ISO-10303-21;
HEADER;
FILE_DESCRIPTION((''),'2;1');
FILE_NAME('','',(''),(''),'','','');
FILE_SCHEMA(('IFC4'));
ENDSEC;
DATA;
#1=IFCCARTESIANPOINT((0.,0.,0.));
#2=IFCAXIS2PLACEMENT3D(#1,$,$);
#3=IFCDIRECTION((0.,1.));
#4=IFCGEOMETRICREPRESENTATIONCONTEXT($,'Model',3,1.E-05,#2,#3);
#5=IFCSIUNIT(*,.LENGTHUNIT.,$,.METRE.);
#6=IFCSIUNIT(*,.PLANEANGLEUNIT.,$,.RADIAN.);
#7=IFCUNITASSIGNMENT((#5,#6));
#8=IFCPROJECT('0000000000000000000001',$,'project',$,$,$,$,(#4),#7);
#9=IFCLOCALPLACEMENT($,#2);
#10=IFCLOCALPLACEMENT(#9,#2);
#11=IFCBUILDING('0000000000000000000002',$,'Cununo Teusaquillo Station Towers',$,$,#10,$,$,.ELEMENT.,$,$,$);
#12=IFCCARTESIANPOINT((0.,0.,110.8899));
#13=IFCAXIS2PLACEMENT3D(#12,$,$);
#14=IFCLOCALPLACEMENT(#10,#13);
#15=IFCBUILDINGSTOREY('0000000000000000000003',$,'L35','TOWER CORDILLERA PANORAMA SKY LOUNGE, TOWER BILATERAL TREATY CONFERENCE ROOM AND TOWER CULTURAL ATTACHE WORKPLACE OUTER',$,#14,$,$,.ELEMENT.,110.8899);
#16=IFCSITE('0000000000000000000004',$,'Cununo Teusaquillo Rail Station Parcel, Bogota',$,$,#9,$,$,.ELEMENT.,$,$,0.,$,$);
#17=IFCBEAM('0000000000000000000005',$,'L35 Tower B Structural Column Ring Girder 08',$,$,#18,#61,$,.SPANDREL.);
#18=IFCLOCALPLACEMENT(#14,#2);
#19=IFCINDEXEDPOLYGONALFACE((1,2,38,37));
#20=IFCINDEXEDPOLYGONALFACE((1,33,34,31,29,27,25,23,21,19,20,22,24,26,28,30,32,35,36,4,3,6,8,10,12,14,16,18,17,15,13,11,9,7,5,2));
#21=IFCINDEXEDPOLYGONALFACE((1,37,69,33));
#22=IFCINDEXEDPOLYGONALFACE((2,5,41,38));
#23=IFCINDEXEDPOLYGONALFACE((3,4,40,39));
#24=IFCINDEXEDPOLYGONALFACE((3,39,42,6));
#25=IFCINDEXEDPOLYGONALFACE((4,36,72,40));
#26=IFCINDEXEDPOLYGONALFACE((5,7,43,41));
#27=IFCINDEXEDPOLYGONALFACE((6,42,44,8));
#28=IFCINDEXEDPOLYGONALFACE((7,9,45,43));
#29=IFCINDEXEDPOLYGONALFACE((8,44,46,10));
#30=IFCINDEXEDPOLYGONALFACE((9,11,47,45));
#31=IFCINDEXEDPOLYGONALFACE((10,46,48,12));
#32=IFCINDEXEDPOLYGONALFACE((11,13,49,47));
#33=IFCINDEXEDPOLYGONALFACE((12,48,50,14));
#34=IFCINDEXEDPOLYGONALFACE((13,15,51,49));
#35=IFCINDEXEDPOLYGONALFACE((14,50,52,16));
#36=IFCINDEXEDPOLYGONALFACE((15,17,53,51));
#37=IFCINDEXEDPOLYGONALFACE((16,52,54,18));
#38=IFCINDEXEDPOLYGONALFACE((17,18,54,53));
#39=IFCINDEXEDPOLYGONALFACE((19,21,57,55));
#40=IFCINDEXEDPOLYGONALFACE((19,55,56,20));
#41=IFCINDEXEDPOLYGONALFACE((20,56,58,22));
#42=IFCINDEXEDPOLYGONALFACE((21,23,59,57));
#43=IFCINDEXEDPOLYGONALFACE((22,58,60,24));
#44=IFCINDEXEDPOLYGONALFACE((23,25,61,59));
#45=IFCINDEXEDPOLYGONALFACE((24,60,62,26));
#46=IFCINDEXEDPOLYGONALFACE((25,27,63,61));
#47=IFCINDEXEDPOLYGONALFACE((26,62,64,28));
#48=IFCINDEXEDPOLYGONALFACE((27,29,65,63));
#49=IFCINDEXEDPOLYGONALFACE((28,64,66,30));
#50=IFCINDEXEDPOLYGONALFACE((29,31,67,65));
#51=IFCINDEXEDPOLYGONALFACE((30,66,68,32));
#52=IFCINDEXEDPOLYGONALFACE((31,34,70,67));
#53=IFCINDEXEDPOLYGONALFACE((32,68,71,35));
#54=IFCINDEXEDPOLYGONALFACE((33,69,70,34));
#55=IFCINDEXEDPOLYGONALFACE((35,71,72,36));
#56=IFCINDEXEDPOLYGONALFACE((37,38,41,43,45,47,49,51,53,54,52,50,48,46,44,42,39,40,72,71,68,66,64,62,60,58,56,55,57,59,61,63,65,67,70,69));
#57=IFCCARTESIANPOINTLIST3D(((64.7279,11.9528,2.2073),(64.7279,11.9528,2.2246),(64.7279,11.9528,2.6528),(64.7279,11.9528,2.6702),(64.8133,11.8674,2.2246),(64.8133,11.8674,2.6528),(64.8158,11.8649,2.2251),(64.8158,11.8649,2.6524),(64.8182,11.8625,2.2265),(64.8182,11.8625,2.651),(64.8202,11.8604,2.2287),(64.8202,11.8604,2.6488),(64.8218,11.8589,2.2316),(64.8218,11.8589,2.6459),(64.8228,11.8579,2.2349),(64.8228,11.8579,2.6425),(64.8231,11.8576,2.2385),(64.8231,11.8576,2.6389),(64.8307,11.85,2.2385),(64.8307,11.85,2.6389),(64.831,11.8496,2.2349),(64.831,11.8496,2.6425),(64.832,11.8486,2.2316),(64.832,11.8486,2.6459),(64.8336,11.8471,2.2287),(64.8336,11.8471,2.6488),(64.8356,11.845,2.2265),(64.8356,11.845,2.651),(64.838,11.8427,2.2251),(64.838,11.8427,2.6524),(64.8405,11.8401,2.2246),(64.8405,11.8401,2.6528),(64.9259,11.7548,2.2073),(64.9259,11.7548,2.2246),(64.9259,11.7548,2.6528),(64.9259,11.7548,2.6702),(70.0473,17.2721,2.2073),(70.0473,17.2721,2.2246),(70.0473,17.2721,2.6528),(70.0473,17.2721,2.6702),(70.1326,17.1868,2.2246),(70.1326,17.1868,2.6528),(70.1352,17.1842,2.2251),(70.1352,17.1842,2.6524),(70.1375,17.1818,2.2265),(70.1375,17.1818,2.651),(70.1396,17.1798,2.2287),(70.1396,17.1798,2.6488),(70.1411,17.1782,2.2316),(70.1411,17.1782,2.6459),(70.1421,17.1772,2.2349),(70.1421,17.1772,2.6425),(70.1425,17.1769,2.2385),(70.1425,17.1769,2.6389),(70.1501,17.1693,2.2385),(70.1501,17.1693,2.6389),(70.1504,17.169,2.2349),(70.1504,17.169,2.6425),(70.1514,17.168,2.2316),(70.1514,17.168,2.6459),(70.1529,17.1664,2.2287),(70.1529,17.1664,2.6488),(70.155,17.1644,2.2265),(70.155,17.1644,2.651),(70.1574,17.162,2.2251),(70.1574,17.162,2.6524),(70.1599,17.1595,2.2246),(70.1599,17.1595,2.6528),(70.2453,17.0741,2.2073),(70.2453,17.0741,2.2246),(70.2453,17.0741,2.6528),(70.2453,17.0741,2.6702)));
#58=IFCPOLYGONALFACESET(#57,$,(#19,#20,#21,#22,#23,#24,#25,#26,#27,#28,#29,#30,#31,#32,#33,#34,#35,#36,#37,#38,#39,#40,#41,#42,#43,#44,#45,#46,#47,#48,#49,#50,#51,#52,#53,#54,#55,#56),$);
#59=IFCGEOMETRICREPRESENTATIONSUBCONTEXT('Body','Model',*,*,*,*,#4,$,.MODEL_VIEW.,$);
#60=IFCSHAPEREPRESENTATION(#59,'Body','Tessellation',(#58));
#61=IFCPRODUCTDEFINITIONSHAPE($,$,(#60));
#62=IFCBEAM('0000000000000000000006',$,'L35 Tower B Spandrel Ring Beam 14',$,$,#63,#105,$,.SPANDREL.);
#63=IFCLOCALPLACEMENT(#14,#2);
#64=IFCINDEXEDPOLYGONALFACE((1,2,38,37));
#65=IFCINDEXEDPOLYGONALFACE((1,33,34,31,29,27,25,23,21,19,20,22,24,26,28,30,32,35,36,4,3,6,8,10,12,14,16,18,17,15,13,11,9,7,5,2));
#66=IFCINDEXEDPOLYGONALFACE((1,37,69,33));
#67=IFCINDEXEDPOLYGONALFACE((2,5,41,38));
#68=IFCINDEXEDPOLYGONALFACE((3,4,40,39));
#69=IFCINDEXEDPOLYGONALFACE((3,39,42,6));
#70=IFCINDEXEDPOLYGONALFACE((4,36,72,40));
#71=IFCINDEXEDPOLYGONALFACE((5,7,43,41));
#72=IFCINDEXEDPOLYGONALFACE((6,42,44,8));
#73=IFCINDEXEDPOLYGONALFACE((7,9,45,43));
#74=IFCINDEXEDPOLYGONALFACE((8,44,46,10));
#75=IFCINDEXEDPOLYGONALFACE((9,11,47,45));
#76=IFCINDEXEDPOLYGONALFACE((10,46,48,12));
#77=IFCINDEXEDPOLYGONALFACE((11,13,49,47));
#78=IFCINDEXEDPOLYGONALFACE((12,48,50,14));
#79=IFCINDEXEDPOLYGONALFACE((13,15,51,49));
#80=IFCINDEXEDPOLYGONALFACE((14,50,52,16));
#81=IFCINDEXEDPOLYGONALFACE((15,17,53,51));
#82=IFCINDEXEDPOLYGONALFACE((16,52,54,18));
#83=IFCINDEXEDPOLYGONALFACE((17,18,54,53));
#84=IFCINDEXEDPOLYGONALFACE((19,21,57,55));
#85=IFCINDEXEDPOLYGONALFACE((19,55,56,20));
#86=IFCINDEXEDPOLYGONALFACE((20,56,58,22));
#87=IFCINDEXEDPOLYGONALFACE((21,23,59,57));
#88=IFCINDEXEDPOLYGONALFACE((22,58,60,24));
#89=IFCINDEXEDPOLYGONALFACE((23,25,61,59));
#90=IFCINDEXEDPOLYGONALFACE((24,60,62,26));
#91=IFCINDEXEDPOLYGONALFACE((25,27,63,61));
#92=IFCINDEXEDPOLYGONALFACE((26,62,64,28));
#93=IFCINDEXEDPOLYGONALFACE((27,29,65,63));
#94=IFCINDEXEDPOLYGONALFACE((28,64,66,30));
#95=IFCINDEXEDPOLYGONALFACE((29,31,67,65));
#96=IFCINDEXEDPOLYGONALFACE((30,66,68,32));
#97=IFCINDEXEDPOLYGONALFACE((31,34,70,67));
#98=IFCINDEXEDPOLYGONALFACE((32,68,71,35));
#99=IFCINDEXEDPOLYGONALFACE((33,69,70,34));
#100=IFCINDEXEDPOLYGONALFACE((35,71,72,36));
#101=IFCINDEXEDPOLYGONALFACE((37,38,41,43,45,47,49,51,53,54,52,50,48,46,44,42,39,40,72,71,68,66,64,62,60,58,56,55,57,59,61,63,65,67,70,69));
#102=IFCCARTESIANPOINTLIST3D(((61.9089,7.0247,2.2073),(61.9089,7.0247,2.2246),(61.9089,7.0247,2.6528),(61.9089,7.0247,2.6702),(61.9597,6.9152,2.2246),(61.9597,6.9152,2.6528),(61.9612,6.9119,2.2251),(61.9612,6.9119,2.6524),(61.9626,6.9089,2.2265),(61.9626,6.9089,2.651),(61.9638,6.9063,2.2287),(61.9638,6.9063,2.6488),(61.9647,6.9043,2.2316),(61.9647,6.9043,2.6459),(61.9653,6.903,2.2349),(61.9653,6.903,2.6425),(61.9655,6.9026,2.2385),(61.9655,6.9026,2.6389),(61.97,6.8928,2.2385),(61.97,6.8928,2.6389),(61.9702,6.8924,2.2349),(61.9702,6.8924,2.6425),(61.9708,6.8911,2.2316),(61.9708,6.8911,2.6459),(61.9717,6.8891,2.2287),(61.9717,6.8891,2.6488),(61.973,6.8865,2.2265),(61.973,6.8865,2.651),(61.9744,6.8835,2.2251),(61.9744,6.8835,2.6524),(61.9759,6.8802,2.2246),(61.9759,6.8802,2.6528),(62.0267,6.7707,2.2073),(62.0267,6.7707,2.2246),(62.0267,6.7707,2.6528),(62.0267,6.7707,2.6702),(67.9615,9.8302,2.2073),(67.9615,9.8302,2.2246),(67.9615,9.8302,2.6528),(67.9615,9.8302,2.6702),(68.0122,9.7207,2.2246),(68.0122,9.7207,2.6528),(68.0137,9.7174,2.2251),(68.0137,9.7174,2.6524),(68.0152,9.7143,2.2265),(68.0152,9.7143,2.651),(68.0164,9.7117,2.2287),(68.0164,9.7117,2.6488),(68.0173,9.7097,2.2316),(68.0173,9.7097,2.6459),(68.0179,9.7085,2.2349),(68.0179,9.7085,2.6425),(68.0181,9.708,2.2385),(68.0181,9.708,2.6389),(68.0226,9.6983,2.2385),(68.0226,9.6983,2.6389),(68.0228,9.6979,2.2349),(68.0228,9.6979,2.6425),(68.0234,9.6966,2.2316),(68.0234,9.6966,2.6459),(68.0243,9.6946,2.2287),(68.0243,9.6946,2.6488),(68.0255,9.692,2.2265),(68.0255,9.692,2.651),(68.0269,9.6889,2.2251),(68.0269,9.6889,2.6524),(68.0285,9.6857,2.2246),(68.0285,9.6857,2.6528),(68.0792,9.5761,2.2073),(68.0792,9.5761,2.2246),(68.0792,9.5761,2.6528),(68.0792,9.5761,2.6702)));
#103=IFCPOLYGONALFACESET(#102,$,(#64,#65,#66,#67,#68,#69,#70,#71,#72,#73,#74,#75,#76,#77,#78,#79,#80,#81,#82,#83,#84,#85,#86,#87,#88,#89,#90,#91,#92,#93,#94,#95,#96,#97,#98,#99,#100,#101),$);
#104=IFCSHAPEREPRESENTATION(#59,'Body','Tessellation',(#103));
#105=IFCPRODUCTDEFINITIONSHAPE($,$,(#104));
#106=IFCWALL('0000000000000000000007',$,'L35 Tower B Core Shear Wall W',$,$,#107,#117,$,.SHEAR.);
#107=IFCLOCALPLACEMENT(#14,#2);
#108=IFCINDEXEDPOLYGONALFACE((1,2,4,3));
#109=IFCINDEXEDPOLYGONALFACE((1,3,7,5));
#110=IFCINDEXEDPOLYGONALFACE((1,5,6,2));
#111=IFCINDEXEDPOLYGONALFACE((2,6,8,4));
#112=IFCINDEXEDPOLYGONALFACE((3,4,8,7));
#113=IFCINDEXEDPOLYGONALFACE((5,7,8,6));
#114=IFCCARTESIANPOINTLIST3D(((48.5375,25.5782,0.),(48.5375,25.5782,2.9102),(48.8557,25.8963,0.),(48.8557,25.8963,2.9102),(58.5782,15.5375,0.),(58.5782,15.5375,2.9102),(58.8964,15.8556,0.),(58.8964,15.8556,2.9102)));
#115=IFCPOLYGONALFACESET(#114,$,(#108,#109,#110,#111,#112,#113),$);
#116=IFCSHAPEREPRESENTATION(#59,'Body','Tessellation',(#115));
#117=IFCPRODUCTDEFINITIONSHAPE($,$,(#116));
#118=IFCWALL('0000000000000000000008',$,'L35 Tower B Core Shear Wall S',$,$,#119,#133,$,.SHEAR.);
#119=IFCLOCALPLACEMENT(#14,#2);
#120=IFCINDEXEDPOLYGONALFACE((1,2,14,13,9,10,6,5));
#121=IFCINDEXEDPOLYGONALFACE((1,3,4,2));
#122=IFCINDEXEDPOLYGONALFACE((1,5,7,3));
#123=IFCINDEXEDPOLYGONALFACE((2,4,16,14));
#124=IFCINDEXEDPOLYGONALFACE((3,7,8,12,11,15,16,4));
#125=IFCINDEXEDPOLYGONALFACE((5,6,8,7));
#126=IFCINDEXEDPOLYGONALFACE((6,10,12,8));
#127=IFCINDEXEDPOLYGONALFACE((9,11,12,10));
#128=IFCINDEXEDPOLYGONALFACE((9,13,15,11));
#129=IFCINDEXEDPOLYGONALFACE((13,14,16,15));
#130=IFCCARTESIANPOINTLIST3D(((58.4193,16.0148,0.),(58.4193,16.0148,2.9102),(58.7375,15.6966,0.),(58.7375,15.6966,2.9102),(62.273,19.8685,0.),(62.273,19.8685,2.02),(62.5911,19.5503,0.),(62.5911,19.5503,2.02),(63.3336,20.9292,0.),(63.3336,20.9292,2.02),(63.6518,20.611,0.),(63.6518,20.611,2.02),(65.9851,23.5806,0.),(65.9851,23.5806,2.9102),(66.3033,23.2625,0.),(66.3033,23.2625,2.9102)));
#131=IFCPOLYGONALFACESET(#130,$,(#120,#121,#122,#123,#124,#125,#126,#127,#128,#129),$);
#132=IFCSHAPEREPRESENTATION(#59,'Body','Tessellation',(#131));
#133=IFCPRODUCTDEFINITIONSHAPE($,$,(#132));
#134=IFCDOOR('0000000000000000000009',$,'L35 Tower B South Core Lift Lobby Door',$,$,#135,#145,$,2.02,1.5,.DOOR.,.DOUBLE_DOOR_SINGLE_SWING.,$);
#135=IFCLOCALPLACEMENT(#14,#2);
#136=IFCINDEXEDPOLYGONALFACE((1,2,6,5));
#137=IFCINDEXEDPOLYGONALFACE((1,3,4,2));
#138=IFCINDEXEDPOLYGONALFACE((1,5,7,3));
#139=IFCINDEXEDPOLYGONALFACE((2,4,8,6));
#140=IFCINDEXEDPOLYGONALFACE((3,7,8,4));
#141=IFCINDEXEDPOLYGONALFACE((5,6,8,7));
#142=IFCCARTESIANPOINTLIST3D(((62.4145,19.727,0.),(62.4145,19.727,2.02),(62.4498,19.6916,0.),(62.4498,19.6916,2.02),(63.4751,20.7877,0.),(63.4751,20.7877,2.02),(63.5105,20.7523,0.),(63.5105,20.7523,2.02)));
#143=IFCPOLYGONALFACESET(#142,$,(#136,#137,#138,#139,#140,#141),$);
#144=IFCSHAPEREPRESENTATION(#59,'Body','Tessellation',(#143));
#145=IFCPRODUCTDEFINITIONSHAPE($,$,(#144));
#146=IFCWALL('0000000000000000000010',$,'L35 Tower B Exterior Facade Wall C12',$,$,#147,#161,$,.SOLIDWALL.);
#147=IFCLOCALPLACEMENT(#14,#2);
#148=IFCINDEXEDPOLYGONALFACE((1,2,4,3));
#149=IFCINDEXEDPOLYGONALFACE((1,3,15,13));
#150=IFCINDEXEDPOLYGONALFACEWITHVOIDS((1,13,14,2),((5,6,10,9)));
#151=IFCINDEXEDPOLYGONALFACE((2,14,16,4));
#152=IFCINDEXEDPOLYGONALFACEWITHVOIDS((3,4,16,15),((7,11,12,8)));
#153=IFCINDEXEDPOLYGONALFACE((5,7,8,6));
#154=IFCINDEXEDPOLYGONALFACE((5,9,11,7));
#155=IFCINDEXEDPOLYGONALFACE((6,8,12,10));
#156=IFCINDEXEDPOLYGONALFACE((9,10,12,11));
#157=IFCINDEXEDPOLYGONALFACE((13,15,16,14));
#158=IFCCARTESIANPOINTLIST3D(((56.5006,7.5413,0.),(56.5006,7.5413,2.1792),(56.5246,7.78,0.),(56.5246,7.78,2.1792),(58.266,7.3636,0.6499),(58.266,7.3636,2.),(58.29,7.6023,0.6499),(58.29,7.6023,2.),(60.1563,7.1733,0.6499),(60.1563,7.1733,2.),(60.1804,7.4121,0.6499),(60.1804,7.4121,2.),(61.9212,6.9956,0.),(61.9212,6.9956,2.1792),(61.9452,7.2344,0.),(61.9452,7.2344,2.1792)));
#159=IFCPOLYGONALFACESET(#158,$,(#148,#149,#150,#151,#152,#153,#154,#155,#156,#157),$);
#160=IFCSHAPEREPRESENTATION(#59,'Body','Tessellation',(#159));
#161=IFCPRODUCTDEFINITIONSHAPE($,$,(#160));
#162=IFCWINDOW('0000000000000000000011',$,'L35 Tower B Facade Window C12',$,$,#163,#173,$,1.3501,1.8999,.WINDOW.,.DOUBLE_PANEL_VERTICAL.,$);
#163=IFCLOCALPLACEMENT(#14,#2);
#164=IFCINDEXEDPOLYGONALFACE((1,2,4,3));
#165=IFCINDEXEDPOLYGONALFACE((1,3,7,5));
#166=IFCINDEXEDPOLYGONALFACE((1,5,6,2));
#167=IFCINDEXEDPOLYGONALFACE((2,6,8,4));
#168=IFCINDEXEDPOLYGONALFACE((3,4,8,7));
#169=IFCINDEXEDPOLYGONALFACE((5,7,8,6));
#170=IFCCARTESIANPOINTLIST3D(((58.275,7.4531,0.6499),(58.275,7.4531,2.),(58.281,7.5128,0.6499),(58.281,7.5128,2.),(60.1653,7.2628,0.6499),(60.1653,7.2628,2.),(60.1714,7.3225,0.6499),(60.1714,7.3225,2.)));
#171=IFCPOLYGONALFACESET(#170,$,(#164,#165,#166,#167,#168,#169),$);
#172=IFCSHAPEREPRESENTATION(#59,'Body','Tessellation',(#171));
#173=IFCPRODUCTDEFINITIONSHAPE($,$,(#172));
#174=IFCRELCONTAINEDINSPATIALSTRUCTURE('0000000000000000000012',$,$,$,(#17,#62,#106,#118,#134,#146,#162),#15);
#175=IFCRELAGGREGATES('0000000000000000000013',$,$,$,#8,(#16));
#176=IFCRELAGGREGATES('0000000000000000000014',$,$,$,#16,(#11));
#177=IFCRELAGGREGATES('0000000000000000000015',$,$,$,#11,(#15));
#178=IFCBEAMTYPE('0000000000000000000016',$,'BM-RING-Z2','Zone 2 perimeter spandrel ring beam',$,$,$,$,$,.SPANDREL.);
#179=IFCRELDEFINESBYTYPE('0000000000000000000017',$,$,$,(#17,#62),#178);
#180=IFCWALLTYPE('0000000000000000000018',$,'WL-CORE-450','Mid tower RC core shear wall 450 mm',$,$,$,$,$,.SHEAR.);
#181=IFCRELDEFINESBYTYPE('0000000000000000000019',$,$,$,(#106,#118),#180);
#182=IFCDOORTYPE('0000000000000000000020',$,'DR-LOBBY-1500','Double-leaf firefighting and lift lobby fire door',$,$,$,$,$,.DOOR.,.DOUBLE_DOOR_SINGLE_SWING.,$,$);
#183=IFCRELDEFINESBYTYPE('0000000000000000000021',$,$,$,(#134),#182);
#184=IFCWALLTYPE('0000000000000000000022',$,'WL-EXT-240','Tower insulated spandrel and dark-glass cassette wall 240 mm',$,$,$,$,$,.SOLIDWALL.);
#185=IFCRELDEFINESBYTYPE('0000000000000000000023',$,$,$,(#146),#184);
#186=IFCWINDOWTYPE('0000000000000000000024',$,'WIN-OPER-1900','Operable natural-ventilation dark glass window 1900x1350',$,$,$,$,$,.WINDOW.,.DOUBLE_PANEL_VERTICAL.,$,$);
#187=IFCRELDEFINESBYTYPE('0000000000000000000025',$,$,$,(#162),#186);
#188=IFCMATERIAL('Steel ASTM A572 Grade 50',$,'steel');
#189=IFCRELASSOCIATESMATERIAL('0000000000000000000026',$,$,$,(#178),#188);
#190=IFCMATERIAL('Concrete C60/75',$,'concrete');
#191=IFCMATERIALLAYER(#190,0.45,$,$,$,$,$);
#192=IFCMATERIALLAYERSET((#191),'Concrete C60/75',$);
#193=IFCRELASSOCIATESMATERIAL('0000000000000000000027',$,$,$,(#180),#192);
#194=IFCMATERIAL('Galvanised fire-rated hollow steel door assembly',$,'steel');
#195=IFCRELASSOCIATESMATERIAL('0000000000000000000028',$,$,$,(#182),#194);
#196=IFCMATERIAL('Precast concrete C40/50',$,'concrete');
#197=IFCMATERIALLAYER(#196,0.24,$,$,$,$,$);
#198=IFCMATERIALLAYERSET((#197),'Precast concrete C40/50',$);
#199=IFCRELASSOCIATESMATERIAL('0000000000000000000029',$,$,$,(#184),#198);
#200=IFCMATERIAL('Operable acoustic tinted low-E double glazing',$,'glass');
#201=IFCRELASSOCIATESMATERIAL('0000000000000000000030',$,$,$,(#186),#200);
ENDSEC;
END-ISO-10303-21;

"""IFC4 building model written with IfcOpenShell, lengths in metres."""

from ifc_helpers import new_model, si_unit, direction, frame, frame_2d, origin, origin_2d, place, context, subcontext, project, spatial, rectangle, i_section, extrude, source, transform, mapped, material, layer, layer_set, material_profile, profile_set, type_object, element, fill, save


model = new_model("IFC4")

# Units and contexts
model_context = context("Model", 3, precision=1e-05, world=origin(), true_north=direction((0.0, 1.0)))
body_context = subcontext(model_context, "Body", "Model", "MODEL_VIEW")
ifc_project = project(units=[si_unit("LENGTHUNIT", "METRE"), si_unit("PLANEANGLEUNIT", "RADIAN")], contexts=[model_context])

# Site, building, storey
site_placement = place(None, origin())
site = spatial("IfcSite", under=ifc_project, at=site_placement, Name="Cununo Teusaquillo Rail Station Parcel, Bogota", CompositionType="ELEMENT", RefElevation=0.0)
building_placement = place(site_placement, origin())
building = spatial("IfcBuilding", under=site, at=building_placement, Name="Cununo Teusaquillo Station Towers", CompositionType="ELEMENT")
storey_placement = place(building_placement, frame((0.0, 0.0, 110.8899)))
storey = spatial("IfcBuildingStorey", under=building, at=storey_placement, Name="L35", Description="TOWER CORDILLERA PANORAMA SKY LOUNGE, TOWER BILATERAL TREATY CONFERENCE ROOM AND TOWER CULTURAL ATTACHE WORKPLACE OUTER", CompositionType="ELEMENT", Elevation=110.8899)

# Beams
ifc_material_1 = material(Name="Steel ASTM A572 Grade 50", Category="steel")
ifc_material_profile_1 = material_profile(ifc_material_1, i_section(OverallWidth=0.28, OverallDepth=0.4629, WebThickness=0.0107, FlangeThickness=0.0173, FilletRadius=0.0139, at=origin_2d()), Name="W18X76")
ifc_profile_set_1 = profile_set([ifc_material_profile_1], Name="Steel ASTM A572 Grade 50")
beam_type_1 = type_object("IfcBeamType", Name="BM-RING-Z2", Description="Zone 2 perimeter spandrel ring beam", PredefinedType="SPANDREL", material=ifc_profile_set_1)
beam_1_placement = place(storey_placement, frame((64.8269, 11.8538, 2.4387), z_axis=(0.707107, 0.707107, 0.0), x_axis=(-0.707107, 0.707107, 0.0)))
element("IfcBeam", 1, at=beam_1_placement, inside=storey, type_object=beam_type_1, Name="L35 Tower B Structural Column Ring Girder 08", PredefinedType="SPANDREL", context=body_context, shape_type="SweptSolid", body=[
    extrude(i_section(OverallWidth=0.28, OverallDepth=0.4629, WebThickness=0.0107, FlangeThickness=0.0173, FilletRadius=0.0139, at=origin_2d()), origin(), (0.0, 0.0, 1.0), 7.5227),
])
beam_2_placement = place(storey_placement, frame((61.9678, 6.8977, 2.4387), z_axis=(0.907276, 0.420536, 0.0), x_axis=(-0.420536, 0.907276, 0.0)))
element("IfcBeam", 2, at=beam_2_placement, inside=storey, type_object=beam_type_1, Name="L35 Tower B Spandrel Ring Beam 14", PredefinedType="SPANDREL", context=body_context, shape_type="SweptSolid", body=[
    extrude(i_section(OverallWidth=0.28, OverallDepth=0.4629, WebThickness=0.0107, FlangeThickness=0.0173, FilletRadius=0.0139, at=origin_2d()), origin(), (0.0, 0.0, 1.0), 6.6711),
])

# Wall
ifc_material_2 = material(Name="Concrete C60/75", Category="concrete")
ifc_layer_1 = layer(ifc_material_2, 0.45)
ifc_layer_set_1 = layer_set([ifc_layer_1], Name="Concrete C60/75")
wall_type_1 = type_object("IfcWallType", Name="WL-CORE-450", Description="Mid tower RC core shear wall 450 mm", PredefinedType="SHEAR", material=ifc_layer_set_1)
wall_1_placement = place(storey_placement, frame((58.7373, 15.6965, 0.0), z_axis=(0.0, 0.0, 1.0), x_axis=(-0.707107, 0.707107, 0.0)))
element("IfcWall", 3, at=wall_1_placement, inside=storey, type_object=wall_type_1, Name="L35 Tower B Core Shear Wall W", PredefinedType="SHEAR", context=body_context, shape_type="SweptSolid", body=[
    extrude(rectangle(XDim=14.1997, YDim=0.45, at=frame_2d((7.0999, 0.0))), origin(), (0.0, 0.0, 1.0), 2.9102),
])

# Wall, opening, door
wall_2_placement = place(storey_placement, frame((58.5784, 15.8557, 0.0), z_axis=(0.0, 0.0, 1.0), x_axis=(0.707107, 0.707107, 0.0)))
wall_2 = element("IfcWall", 4, at=wall_2_placement, inside=storey, type_object=wall_type_1, Name="L35 Tower B Core Shear Wall S", PredefinedType="SHEAR", context=body_context, shape_type="SweptSolid", body=[
    extrude(rectangle(XDim=10.6997, YDim=0.45, at=frame_2d((5.3499, 0.0))), origin(), (0.0, 0.0, 1.0), 2.9102),
])
shared_shape_1 = source(origin(), body_context, "Body", "SweptSolid", [
    extrude(rectangle(XDim=1.5, YDim=2.02, at=frame_2d((0.75, 1.01))), frame((0.0, 0.2349, 0.0), z_axis=(0.0, -1.0, 0.0), x_axis=(1.0, 0.0, 0.0)), (0.0, 0.0, 1.0), 0.47),
])
opening_1_placement = place(wall_2_placement, frame((5.45, 0.0, 0.0)))
opening_1 = element("IfcOpeningElement", 5, at=opening_1_placement, cuts=wall_2, PredefinedType="OPENING", context=body_context, shape_type="MappedRepresentation", body=[
    mapped(shared_shape_1, transform((0.0, 0.0, 0.0), x_axis=(1.0, 0.0, 0.0), y_axis=(0.0, 1.0, 0.0), z_axis=(0.0, 0.0, 1.0), scale=1.0)),
])
ifc_material_3 = material(Name="Galvanised fire-rated hollow steel door assembly", Category="steel")
door_type = type_object("IfcDoorType", Name="DR-LOBBY-1500", Description="Double-leaf firefighting and lift lobby fire door", OperationType="DOUBLE_DOOR_SINGLE_SWING", PredefinedType="DOOR", material=ifc_material_3)
shared_shape_2 = source(origin(), body_context, "Body", "SweptSolid", [
    extrude(rectangle(XDim=1.5, YDim=2.02, at=frame_2d((0.75, 1.01))), frame((0.0, 0.0249, 0.0), z_axis=(0.0, -1.0, 0.0), x_axis=(1.0, 0.0, 0.0)), (0.0, 0.0, 1.0), 0.05),
])
door_placement = place(opening_1_placement, origin())
door = element("IfcDoor", 6, at=door_placement, inside=storey, type_object=door_type, Name="L35 Tower B South Core Lift Lobby Door", OperationType="DOUBLE_DOOR_SINGLE_SWING", OverallHeight=2.02, OverallWidth=1.5, PredefinedType="DOOR", context=body_context, shape_type="MappedRepresentation", body=[
    mapped(shared_shape_2, transform((0.0, 0.0, 0.0), x_axis=(1.0, 0.0, 0.0), y_axis=(0.0, 1.0, 0.0), z_axis=(0.0, 0.0, 1.0), scale=1.0)),
])
fill(opening_1, door)

# Wall, opening, window
ifc_material_4 = material(Name="Precast concrete C40/50", Category="concrete")
ifc_layer_2 = layer(ifc_material_4, 0.24)
ifc_layer_set_2 = layer_set([ifc_layer_2], Name="Precast concrete C40/50")
wall_type_2 = type_object("IfcWallType", Name="WL-EXT-240", Description="Tower insulated spandrel and dark-glass cassette wall 240 mm", PredefinedType="SOLIDWALL", material=ifc_layer_set_2)
wall_3_placement = place(storey_placement, frame((61.9333, 7.115, 0.0), z_axis=(0.0, 0.0, 1.0), x_axis=(-0.994972, 0.100156, 0.0)))
wall_3 = element("IfcWall", 7, at=wall_3_placement, inside=storey, type_object=wall_type_2, Name="L35 Tower B Exterior Facade Wall C12", PredefinedType="SOLIDWALL", context=body_context, shape_type="SweptSolid", body=[
    extrude(rectangle(XDim=5.448, YDim=0.24, at=frame_2d((2.7241, 0.0))), origin(), (0.0, 0.0, 1.0), 2.1792),
])
shared_shape_3 = source(origin(), body_context, "Body", "SweptSolid", [
    extrude(rectangle(XDim=1.8999, YDim=1.3501, at=frame_2d((0.95, 0.675))), frame((0.0, 0.1299, 0.0), z_axis=(0.0, -1.0, 0.0), x_axis=(1.0, 0.0, 0.0)), (0.0, 0.0, 1.0), 0.26),
])
opening_2_placement = place(wall_3_placement, frame((1.7739, 0.0, 0.6499)))
opening_2 = element("IfcOpeningElement", 8, at=opening_2_placement, cuts=wall_3, PredefinedType="OPENING", context=body_context, shape_type="MappedRepresentation", body=[
    mapped(shared_shape_3, transform((0.0, 0.0, 0.0), x_axis=(1.0, 0.0, 0.0), y_axis=(0.0, 1.0, 0.0), z_axis=(0.0, 0.0, 1.0), scale=1.0)),
])
ifc_material_5 = material(Name="Operable acoustic tinted low-E double glazing", Category="glass")
window_type = type_object("IfcWindowType", Name="WIN-OPER-1900", Description="Operable natural-ventilation dark glass window 1900x1350", PartitioningType="DOUBLE_PANEL_VERTICAL", PredefinedType="WINDOW", material=ifc_material_5)
shared_shape_4 = source(origin(), body_context, "Body", "SweptSolid", [
    extrude(rectangle(XDim=1.8999, YDim=1.3501, at=frame_2d((0.95, 0.675))), frame((0.0, 0.03, 0.0), z_axis=(0.0, -1.0, 0.0), x_axis=(1.0, 0.0, 0.0)), (0.0, 0.0, 1.0), 0.0601),
])
window_placement = place(opening_2_placement, origin())
window = element("IfcWindow", 9, at=window_placement, inside=storey, type_object=window_type, Name="L35 Tower B Facade Window C12", OverallHeight=1.3501, OverallWidth=1.8999, PartitioningType="DOUBLE_PANEL_VERTICAL", PredefinedType="WINDOW", context=body_context, shape_type="MappedRepresentation", body=[
    mapped(shared_shape_4, transform((0.0, 0.0, 0.0), x_axis=(1.0, 0.0, 0.0), y_axis=(0.0, 1.0, 0.0), z_axis=(0.0, 0.0, 1.0), scale=1.0)),
])
fill(opening_2, window)

save(model, "model.ifc")
